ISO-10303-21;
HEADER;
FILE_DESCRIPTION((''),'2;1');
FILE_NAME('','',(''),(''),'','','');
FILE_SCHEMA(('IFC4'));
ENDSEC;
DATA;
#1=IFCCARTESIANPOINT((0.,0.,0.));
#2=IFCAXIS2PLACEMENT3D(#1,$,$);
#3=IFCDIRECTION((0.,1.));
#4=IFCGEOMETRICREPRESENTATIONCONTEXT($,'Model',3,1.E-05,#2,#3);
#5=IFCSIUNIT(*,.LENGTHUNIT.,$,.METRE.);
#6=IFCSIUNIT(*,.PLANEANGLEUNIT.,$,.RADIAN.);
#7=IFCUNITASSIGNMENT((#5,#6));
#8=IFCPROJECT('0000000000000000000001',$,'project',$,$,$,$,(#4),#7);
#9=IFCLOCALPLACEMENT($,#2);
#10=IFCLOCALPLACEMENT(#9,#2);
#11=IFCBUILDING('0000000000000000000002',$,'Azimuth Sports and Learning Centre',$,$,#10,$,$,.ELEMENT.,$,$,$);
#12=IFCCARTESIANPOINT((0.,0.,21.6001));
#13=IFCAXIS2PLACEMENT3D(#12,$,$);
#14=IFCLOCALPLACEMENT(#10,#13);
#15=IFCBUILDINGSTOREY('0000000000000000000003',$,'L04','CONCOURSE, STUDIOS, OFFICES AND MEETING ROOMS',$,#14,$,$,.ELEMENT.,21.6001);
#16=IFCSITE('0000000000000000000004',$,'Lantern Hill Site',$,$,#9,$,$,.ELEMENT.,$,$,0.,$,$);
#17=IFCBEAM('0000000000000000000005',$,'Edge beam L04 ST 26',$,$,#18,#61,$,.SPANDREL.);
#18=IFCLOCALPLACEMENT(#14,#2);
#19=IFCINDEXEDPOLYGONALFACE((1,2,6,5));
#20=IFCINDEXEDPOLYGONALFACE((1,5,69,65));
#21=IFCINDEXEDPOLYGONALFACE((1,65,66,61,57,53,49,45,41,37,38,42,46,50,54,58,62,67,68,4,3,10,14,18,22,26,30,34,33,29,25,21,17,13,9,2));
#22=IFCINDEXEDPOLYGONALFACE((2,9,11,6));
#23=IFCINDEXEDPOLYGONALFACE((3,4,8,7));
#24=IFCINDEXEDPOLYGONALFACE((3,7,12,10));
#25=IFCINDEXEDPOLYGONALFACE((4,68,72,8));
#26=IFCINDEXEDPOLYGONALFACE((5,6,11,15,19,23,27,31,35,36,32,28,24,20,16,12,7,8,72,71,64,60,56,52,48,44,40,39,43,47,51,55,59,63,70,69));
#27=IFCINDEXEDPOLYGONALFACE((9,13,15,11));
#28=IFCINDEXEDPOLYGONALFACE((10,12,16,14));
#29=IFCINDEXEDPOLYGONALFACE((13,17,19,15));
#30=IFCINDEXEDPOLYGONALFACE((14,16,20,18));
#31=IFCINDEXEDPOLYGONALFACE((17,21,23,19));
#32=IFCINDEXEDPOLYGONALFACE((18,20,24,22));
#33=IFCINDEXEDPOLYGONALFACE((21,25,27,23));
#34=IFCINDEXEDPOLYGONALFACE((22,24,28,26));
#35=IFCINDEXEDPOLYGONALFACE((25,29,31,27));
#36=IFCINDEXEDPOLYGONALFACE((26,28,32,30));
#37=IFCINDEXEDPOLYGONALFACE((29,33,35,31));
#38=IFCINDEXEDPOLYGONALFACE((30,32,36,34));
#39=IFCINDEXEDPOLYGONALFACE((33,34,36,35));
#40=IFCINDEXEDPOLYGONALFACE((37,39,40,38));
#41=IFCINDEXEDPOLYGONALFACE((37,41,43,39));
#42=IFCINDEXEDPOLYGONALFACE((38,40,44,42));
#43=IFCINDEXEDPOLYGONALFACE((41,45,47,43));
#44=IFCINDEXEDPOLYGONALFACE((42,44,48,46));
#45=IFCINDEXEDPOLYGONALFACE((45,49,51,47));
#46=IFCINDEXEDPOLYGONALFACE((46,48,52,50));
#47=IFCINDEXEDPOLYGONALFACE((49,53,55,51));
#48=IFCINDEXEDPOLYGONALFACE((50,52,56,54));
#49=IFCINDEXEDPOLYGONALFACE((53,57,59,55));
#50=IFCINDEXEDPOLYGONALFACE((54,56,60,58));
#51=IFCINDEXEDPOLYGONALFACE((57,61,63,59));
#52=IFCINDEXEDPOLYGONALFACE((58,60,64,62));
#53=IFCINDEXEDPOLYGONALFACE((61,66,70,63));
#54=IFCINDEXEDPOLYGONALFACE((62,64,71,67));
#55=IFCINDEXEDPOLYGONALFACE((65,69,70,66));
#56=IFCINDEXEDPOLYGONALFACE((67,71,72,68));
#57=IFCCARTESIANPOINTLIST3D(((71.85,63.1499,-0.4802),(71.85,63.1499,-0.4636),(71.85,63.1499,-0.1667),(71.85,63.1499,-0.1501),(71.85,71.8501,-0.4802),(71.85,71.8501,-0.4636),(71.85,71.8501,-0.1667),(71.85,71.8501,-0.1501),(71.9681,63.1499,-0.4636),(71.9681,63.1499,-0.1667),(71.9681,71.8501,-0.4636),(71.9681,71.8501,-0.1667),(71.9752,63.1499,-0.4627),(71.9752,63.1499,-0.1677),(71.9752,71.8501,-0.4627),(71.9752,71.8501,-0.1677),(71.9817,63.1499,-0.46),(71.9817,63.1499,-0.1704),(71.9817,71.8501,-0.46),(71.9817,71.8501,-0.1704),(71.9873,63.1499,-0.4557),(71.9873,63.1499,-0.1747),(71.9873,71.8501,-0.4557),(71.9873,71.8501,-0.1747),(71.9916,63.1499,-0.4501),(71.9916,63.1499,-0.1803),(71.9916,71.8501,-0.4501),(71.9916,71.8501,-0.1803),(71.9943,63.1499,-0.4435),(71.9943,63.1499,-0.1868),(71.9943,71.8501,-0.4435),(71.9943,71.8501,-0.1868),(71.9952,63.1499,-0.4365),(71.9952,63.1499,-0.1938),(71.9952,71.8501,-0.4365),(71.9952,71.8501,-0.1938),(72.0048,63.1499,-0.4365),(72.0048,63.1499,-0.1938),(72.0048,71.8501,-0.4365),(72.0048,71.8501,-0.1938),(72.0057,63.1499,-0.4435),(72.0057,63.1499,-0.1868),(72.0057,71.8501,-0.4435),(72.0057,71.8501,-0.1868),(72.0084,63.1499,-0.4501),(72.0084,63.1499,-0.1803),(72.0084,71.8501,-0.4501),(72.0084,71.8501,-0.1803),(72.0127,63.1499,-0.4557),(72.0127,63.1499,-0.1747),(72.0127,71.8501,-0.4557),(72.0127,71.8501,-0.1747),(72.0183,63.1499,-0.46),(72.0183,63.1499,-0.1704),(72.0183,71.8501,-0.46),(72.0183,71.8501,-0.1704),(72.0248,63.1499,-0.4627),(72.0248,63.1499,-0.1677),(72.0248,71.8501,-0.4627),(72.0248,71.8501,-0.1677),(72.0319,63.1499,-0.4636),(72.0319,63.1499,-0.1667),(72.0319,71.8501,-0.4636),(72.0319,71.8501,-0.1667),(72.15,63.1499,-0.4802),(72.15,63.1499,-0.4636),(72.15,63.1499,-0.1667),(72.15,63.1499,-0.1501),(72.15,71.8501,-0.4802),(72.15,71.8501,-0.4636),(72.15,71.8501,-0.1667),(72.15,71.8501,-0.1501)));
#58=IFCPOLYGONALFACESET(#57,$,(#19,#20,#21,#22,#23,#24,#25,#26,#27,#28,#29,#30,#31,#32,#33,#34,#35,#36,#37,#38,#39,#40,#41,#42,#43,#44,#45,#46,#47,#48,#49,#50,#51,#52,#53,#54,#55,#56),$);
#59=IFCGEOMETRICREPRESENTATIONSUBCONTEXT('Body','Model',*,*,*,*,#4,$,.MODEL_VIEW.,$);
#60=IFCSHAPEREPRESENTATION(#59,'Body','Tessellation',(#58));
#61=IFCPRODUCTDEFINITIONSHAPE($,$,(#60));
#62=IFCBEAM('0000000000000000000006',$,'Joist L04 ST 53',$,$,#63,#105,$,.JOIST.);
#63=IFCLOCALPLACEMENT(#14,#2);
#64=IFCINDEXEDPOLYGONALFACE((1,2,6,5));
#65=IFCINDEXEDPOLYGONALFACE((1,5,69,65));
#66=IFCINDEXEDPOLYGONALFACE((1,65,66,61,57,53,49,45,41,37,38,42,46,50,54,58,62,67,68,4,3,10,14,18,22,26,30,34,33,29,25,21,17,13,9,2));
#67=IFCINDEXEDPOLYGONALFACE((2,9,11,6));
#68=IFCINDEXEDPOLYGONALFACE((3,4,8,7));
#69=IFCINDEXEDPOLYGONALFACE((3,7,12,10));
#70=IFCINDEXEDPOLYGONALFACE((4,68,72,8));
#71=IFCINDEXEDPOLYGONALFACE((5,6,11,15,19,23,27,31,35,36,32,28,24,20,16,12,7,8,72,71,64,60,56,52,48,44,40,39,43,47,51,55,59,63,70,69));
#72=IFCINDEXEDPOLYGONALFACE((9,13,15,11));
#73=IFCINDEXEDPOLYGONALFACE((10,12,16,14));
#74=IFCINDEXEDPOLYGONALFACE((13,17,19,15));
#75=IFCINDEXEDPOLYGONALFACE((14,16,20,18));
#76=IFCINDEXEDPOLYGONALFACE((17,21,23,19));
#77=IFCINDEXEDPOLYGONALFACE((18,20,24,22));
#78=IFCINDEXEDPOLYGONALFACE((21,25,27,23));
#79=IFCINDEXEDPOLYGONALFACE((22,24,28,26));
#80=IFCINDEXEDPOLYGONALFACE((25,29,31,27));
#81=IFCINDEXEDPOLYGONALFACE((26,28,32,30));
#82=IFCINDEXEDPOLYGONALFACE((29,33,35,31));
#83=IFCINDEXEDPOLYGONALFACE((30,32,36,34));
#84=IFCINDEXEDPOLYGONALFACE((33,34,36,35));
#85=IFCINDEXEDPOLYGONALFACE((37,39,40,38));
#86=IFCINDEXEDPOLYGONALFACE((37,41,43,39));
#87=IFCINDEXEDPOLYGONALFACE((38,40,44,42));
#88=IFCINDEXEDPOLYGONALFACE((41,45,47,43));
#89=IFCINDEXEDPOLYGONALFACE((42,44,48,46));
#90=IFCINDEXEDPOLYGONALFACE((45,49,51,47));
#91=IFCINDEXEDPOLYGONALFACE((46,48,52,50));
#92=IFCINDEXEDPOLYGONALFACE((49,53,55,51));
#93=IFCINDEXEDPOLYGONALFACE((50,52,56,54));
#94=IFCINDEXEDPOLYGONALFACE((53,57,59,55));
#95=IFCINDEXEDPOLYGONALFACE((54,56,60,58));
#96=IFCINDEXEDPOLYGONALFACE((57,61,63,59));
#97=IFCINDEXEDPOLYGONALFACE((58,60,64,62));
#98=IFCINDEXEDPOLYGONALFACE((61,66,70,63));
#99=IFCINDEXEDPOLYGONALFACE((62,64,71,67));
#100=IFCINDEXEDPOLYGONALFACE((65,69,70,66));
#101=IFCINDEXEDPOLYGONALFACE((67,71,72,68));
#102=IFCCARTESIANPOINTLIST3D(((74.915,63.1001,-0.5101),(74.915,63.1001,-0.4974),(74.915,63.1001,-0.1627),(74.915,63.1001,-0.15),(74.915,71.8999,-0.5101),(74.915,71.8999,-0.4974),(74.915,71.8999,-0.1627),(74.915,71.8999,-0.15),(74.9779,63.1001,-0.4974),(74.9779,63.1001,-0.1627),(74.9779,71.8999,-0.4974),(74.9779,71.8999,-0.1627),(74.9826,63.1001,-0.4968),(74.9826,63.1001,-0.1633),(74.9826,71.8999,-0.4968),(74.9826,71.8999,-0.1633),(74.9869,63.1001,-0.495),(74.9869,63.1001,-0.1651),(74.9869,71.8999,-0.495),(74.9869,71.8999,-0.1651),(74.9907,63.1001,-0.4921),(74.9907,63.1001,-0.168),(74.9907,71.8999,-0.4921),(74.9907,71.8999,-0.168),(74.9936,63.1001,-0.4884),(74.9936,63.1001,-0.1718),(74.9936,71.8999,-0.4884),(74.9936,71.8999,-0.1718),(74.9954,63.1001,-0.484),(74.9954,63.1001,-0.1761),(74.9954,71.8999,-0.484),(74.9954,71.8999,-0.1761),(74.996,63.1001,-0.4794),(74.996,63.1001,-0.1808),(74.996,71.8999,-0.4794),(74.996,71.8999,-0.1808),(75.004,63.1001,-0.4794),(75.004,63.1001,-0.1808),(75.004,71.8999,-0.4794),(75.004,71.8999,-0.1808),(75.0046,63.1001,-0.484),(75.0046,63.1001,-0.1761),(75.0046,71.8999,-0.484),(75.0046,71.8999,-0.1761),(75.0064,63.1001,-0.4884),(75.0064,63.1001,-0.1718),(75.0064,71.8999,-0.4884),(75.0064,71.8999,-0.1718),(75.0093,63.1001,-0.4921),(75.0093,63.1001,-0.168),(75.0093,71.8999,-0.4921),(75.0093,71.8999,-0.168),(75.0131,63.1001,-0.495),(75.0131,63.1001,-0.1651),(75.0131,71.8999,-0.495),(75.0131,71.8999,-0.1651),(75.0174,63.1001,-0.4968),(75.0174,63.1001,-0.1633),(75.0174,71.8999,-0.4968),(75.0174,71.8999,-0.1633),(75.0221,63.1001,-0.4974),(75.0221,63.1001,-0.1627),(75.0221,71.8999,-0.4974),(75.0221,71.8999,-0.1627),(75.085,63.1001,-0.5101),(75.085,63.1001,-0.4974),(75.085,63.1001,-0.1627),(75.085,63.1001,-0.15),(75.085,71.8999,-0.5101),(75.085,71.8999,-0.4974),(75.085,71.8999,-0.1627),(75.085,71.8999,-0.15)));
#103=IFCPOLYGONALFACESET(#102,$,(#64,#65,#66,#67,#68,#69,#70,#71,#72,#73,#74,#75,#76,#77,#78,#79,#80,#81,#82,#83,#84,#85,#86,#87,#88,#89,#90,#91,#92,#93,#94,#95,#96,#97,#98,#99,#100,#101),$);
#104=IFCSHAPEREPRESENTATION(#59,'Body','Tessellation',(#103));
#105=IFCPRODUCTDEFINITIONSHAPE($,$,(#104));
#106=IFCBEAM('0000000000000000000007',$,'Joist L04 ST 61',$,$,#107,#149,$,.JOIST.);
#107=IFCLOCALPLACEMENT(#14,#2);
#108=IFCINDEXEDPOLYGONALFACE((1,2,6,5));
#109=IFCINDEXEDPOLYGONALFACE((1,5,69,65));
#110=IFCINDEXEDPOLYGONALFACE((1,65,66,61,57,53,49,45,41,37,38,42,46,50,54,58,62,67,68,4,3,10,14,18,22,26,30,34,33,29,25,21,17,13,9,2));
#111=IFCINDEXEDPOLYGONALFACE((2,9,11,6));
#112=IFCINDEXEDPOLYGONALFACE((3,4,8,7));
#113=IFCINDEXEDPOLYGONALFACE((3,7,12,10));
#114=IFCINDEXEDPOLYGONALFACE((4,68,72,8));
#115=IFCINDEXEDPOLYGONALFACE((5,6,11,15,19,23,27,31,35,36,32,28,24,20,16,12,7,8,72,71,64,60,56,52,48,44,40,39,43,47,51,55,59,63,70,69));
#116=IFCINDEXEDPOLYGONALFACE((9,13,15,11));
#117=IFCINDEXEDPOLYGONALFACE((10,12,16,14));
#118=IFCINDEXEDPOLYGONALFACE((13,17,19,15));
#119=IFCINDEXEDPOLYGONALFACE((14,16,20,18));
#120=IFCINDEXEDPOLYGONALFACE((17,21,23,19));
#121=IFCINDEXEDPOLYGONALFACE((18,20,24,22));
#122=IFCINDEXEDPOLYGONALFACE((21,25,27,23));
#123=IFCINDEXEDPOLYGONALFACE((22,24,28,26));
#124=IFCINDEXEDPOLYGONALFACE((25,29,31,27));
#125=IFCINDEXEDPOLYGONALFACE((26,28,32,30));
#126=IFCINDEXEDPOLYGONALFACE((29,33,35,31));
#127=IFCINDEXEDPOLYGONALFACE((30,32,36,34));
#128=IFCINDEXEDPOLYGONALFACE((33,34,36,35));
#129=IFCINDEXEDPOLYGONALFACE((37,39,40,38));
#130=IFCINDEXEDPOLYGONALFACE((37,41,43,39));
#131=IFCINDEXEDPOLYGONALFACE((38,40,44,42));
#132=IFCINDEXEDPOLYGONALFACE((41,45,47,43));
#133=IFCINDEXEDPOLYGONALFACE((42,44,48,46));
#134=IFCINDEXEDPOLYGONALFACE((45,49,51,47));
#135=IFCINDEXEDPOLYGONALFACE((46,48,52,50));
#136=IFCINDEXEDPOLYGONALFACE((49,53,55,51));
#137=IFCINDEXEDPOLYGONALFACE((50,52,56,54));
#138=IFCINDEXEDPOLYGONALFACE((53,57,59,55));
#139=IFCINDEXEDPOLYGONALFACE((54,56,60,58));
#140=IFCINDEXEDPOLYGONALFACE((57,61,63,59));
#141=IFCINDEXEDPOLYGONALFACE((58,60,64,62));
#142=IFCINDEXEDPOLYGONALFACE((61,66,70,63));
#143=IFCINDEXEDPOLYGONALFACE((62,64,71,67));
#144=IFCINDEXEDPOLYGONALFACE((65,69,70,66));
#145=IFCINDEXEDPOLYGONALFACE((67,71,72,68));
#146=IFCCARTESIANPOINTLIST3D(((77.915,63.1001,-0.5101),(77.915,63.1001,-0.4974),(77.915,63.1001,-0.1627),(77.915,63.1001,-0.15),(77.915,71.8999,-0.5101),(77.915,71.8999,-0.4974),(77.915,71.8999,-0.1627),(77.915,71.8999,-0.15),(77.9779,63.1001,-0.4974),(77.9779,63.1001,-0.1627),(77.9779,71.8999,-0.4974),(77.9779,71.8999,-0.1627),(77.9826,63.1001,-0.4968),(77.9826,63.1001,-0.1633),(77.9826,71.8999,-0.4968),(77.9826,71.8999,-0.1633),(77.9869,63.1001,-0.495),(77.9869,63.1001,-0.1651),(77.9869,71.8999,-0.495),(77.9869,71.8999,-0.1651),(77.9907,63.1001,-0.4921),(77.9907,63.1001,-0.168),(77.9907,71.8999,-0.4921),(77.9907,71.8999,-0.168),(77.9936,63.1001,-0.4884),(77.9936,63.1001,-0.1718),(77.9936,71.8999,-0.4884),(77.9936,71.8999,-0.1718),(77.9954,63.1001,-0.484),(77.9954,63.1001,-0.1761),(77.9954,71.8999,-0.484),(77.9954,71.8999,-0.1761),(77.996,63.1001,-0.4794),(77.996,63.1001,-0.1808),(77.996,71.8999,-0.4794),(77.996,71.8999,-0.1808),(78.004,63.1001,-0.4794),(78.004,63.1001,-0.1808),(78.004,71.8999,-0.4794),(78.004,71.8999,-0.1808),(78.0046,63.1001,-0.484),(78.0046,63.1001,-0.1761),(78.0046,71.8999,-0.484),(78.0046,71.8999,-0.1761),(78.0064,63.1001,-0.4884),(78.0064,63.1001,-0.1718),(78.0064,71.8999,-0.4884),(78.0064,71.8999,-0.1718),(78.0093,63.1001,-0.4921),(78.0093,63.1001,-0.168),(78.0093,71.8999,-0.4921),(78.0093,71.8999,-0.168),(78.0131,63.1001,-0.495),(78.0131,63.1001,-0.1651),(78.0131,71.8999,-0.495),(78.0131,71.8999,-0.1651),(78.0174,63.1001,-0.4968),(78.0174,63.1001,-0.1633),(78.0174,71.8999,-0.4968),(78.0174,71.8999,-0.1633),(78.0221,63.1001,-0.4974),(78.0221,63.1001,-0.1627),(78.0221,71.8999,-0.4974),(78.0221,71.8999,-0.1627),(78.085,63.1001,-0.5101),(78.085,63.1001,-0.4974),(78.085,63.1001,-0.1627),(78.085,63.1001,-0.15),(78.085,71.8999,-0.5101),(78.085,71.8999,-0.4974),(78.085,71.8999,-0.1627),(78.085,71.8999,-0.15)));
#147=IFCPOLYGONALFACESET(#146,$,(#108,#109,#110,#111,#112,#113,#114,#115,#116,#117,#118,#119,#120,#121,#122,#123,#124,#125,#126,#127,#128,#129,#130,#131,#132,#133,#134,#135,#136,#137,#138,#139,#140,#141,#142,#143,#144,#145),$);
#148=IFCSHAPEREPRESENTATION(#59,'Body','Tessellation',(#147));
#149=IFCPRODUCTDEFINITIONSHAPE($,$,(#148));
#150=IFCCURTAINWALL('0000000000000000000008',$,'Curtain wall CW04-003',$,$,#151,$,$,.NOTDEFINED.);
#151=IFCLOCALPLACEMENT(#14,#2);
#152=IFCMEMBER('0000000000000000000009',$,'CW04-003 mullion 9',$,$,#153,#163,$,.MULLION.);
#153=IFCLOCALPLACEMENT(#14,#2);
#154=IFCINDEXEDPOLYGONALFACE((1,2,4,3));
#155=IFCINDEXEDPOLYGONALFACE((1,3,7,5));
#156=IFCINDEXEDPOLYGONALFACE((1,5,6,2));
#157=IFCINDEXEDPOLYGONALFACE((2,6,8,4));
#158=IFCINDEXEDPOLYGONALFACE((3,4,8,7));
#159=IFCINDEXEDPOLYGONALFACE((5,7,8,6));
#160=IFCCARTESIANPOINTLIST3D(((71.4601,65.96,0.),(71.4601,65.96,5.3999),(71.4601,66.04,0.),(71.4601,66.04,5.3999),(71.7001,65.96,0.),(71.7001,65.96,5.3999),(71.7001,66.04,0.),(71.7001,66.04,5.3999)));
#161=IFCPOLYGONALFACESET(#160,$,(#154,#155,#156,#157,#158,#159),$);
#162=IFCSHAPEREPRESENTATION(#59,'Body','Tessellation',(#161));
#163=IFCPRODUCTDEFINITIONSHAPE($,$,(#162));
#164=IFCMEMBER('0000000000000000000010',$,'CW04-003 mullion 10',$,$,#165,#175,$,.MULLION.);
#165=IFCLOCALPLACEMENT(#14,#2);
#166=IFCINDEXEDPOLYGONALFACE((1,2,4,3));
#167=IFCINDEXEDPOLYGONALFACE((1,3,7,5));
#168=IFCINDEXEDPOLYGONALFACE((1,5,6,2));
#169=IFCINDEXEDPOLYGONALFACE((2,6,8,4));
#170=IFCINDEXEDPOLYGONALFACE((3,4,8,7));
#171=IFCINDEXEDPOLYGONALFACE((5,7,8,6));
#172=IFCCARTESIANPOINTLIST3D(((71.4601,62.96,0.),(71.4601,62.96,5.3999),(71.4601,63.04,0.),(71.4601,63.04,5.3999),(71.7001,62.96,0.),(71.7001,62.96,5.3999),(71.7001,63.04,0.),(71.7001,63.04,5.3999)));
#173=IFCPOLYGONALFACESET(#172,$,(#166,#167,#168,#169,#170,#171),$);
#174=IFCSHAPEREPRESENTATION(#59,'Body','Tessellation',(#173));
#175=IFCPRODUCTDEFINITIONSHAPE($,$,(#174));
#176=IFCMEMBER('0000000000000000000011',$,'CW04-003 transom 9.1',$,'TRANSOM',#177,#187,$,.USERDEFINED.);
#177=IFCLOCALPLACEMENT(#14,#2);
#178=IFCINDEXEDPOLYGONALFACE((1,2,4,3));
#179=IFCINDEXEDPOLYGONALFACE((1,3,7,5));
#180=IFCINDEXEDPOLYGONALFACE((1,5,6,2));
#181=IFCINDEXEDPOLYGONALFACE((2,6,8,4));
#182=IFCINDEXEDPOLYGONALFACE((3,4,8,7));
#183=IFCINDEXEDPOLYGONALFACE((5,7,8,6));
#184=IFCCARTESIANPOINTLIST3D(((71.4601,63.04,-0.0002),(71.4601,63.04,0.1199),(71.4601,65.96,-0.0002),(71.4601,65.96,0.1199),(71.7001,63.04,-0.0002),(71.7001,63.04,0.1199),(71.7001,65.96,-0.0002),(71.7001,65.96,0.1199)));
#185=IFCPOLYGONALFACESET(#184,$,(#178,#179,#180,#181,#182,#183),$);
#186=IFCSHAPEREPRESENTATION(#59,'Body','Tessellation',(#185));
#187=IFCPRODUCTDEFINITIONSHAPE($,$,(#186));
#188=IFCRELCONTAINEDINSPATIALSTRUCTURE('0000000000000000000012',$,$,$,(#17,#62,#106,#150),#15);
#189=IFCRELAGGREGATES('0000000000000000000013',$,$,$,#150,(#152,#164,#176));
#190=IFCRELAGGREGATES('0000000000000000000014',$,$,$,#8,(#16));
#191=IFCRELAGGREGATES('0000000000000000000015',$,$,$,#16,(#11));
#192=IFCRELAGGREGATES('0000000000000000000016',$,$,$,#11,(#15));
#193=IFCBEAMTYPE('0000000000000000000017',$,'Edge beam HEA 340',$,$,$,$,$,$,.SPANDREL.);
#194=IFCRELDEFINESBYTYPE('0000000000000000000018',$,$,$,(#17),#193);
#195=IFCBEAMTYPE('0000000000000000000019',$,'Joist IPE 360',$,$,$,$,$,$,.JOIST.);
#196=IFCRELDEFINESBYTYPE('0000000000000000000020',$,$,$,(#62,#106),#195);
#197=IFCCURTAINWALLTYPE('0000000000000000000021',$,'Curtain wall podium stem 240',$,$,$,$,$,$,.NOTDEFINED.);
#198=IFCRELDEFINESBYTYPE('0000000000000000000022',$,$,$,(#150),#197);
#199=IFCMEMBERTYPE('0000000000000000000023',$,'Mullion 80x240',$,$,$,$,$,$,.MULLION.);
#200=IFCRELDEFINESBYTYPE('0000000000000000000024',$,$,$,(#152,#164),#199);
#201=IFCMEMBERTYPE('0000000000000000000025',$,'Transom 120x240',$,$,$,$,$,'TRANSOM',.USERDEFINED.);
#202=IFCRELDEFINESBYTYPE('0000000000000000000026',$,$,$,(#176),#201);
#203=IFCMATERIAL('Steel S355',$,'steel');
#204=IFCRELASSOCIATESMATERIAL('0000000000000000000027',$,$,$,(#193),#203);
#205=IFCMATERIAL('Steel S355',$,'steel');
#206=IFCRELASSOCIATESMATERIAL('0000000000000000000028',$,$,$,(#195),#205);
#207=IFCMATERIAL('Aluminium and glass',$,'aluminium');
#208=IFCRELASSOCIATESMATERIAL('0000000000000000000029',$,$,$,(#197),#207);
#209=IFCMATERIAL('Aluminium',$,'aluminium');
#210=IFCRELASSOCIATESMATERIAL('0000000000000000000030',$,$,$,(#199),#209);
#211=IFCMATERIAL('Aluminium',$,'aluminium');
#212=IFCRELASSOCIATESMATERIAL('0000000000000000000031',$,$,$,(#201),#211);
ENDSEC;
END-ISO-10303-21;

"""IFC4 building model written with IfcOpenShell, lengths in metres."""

from ifc_helpers import new_model, si_unit, direction, frame, origin, origin_2d, place, context, subcontext, project, spatial, rectangle, i_section, extrude, material, material_profile, profile_set, type_object, element, aggregate, save


model = new_model("IFC4")

# Units and contexts
model_context = context("Model", 3, precision=1e-05, world=origin(), true_north=direction((0.0, 1.0)))
body_context = subcontext(model_context, "Body", "Model", "MODEL_VIEW")
ifc_project = project(units=[si_unit("LENGTHUNIT", "METRE"), si_unit("PLANEANGLEUNIT", "RADIAN")], contexts=[model_context])

# Site, building, storey
site_placement = place(None, origin())
site = spatial("IfcSite", under=ifc_project, at=site_placement, Name="Lantern Hill Site", CompositionType="ELEMENT", RefElevation=0.0)
building_placement = place(site_placement, origin())
building = spatial("IfcBuilding", under=site, at=building_placement, Name="Azimuth Sports and Learning Centre", CompositionType="ELEMENT")
storey_placement = place(building_placement, frame((0.0, 0.0, 21.6001)))
storey = spatial("IfcBuildingStorey", under=building, at=storey_placement, Name="L04", Description="CONCOURSE, STUDIOS, OFFICES AND MEETING ROOMS", CompositionType="ELEMENT", Elevation=21.6001)

# Beams
ifc_material_1 = material(Name="Steel S355", Category="steel")
ifc_material_profile_1 = material_profile(ifc_material_1, i_section(OverallWidth=0.3, OverallDepth=0.3301, WebThickness=0.0095, FlangeThickness=0.0166, FilletRadius=0.0271, at=origin_2d()), Name="HEA 340")
ifc_profile_set_1 = profile_set([ifc_material_profile_1], Name="Steel S355")
beam_type_1 = type_object("IfcBeamType", Name="Edge beam HEA 340", PredefinedType="SPANDREL", material=ifc_profile_set_1)
beam_1_placement = place(storey_placement, frame((72.0, 63.1499, -0.3152), z_axis=(0.0, 1.0, 0.0), x_axis=(-1.0, 0.0, 0.0)))
element("IfcBeam", 1, at=beam_1_placement, inside=storey, type_object=beam_type_1, Name="Edge beam L04 ST 26", PredefinedType="SPANDREL", context=body_context, shape_type="SweptSolid", body=[
    extrude(i_section(OverallWidth=0.3, OverallDepth=0.3301, WebThickness=0.0095, FlangeThickness=0.0166, FilletRadius=0.0271, at=origin_2d()), origin(), (0.0, 0.0, 1.0), 8.7002),
])
ifc_material_2 = material(Name="Steel S355", Category="steel")
ifc_material_profile_2 = material_profile(ifc_material_2, i_section(OverallWidth=0.1699, OverallDepth=0.3601, WebThickness=0.0081, FlangeThickness=0.0127, FilletRadius=0.0181, at=origin_2d()), Name="IPE 360")
ifc_profile_set_2 = profile_set([ifc_material_profile_2], Name="Steel S355")
beam_type_2 = type_object("IfcBeamType", Name="Joist IPE 360", PredefinedType="JOIST", material=ifc_profile_set_2)
for number, where, z_axis, x_axis, name in (
    (2, (75.0, 63.1001, -0.3301), (0.0, 1.0, 0.0), (-1.0, 0.0, 0.0), "Joist L04 ST 53"),
    (3, (78.0, 63.1001, -0.3301), (0.0, 1.0, 0.0), (-1.0, 0.0, 0.0), "Joist L04 ST 61"),
):
    element("IfcBeam", number, at=place(storey_placement, frame(where, z_axis=z_axis, x_axis=x_axis)), inside=storey, type_object=beam_type_2, Name=name, PredefinedType="JOIST", context=body_context, shape_type="SweptSolid", body=[
        extrude(i_section(OverallWidth=0.1699, OverallDepth=0.3601, WebThickness=0.0081, FlangeThickness=0.0127, FilletRadius=0.0181, at=origin_2d()), origin(), (0.0, 0.0, 1.0), 8.7998),
    ])

# Curtain wall, members
ifc_material_3 = material(Name="Aluminium and glass", Category="aluminium")
curtain_wall_type = type_object("IfcCurtainWallType", Name="Curtain wall podium stem 240", PredefinedType="NOTDEFINED", material=ifc_material_3)
curtain_wall_placement = place(storey_placement, origin())
curtain_wall = element("IfcCurtainWall", 4, at=curtain_wall_placement, inside=storey, type_object=curtain_wall_type, Name="Curtain wall CW04-003", PredefinedType="NOTDEFINED")
ifc_material_4 = material(Name="Aluminium", Category="aluminium")
ifc_material_profile_3 = material_profile(ifc_material_4, rectangle(XDim=0.24, YDim=0.0801, at=origin_2d()), Name="Mullion 80x240")
ifc_profile_set_3 = profile_set([ifc_material_profile_3], Name="Aluminium")
member_type_1 = type_object("IfcMemberType", Name="Mullion 80x240", PredefinedType="MULLION", material=ifc_profile_set_3)
member_1_placement = place(storey_placement, frame((71.5801, 66.0, 0.0), z_axis=(0.0, 0.0, 1.0), x_axis=(1.0, 0.0, 0.0)))
member_1 = element("IfcMember", 5, at=member_1_placement, type_object=member_type_1, Name="CW04-003 mullion 9", PredefinedType="MULLION", context=body_context, shape_type="SweptSolid", body=[
    extrude(rectangle(XDim=0.24, YDim=0.0801, at=origin_2d()), origin(), (0.0, 0.0, 1.0), 5.3999),
])
member_2_placement = place(storey_placement, frame((71.5801, 63.0, 0.0), z_axis=(0.0, 0.0, 1.0), x_axis=(1.0, 0.0, 0.0)))
member_2 = element("IfcMember", 6, at=member_2_placement, type_object=member_type_1, Name="CW04-003 mullion 10", PredefinedType="MULLION", context=body_context, shape_type="SweptSolid", body=[
    extrude(rectangle(XDim=0.24, YDim=0.0801, at=origin_2d()), origin(), (0.0, 0.0, 1.0), 5.3999),
])
ifc_material_5 = material(Name="Aluminium", Category="aluminium")
ifc_material_profile_4 = material_profile(ifc_material_5, rectangle(XDim=0.24, YDim=0.1201, at=origin_2d()), Name="Transom 120x240")
ifc_profile_set_4 = profile_set([ifc_material_profile_4], Name="Aluminium")
member_type_2 = type_object("IfcMemberType", Name="Transom 120x240", ElementType="TRANSOM", PredefinedType="USERDEFINED", material=ifc_profile_set_4)
member_3_placement = place(storey_placement, frame((71.5801, 65.96, 0.0598), z_axis=(0.0, -1.0, 0.0), x_axis=(1.0, 0.0, 0.0)))
member_3 = element("IfcMember", 7, at=member_3_placement, type_object=member_type_2, Name="CW04-003 transom 9.1", ObjectType="TRANSOM", PredefinedType="USERDEFINED", context=body_context, shape_type="SweptSolid", body=[
    extrude(rectangle(XDim=0.24, YDim=0.1201, at=origin_2d()), origin(), (0.0, 0.0, 1.0), 2.9199),
])
aggregate(curtain_wall, [member_1, member_2, member_3])

save(model, "model.ifc")
